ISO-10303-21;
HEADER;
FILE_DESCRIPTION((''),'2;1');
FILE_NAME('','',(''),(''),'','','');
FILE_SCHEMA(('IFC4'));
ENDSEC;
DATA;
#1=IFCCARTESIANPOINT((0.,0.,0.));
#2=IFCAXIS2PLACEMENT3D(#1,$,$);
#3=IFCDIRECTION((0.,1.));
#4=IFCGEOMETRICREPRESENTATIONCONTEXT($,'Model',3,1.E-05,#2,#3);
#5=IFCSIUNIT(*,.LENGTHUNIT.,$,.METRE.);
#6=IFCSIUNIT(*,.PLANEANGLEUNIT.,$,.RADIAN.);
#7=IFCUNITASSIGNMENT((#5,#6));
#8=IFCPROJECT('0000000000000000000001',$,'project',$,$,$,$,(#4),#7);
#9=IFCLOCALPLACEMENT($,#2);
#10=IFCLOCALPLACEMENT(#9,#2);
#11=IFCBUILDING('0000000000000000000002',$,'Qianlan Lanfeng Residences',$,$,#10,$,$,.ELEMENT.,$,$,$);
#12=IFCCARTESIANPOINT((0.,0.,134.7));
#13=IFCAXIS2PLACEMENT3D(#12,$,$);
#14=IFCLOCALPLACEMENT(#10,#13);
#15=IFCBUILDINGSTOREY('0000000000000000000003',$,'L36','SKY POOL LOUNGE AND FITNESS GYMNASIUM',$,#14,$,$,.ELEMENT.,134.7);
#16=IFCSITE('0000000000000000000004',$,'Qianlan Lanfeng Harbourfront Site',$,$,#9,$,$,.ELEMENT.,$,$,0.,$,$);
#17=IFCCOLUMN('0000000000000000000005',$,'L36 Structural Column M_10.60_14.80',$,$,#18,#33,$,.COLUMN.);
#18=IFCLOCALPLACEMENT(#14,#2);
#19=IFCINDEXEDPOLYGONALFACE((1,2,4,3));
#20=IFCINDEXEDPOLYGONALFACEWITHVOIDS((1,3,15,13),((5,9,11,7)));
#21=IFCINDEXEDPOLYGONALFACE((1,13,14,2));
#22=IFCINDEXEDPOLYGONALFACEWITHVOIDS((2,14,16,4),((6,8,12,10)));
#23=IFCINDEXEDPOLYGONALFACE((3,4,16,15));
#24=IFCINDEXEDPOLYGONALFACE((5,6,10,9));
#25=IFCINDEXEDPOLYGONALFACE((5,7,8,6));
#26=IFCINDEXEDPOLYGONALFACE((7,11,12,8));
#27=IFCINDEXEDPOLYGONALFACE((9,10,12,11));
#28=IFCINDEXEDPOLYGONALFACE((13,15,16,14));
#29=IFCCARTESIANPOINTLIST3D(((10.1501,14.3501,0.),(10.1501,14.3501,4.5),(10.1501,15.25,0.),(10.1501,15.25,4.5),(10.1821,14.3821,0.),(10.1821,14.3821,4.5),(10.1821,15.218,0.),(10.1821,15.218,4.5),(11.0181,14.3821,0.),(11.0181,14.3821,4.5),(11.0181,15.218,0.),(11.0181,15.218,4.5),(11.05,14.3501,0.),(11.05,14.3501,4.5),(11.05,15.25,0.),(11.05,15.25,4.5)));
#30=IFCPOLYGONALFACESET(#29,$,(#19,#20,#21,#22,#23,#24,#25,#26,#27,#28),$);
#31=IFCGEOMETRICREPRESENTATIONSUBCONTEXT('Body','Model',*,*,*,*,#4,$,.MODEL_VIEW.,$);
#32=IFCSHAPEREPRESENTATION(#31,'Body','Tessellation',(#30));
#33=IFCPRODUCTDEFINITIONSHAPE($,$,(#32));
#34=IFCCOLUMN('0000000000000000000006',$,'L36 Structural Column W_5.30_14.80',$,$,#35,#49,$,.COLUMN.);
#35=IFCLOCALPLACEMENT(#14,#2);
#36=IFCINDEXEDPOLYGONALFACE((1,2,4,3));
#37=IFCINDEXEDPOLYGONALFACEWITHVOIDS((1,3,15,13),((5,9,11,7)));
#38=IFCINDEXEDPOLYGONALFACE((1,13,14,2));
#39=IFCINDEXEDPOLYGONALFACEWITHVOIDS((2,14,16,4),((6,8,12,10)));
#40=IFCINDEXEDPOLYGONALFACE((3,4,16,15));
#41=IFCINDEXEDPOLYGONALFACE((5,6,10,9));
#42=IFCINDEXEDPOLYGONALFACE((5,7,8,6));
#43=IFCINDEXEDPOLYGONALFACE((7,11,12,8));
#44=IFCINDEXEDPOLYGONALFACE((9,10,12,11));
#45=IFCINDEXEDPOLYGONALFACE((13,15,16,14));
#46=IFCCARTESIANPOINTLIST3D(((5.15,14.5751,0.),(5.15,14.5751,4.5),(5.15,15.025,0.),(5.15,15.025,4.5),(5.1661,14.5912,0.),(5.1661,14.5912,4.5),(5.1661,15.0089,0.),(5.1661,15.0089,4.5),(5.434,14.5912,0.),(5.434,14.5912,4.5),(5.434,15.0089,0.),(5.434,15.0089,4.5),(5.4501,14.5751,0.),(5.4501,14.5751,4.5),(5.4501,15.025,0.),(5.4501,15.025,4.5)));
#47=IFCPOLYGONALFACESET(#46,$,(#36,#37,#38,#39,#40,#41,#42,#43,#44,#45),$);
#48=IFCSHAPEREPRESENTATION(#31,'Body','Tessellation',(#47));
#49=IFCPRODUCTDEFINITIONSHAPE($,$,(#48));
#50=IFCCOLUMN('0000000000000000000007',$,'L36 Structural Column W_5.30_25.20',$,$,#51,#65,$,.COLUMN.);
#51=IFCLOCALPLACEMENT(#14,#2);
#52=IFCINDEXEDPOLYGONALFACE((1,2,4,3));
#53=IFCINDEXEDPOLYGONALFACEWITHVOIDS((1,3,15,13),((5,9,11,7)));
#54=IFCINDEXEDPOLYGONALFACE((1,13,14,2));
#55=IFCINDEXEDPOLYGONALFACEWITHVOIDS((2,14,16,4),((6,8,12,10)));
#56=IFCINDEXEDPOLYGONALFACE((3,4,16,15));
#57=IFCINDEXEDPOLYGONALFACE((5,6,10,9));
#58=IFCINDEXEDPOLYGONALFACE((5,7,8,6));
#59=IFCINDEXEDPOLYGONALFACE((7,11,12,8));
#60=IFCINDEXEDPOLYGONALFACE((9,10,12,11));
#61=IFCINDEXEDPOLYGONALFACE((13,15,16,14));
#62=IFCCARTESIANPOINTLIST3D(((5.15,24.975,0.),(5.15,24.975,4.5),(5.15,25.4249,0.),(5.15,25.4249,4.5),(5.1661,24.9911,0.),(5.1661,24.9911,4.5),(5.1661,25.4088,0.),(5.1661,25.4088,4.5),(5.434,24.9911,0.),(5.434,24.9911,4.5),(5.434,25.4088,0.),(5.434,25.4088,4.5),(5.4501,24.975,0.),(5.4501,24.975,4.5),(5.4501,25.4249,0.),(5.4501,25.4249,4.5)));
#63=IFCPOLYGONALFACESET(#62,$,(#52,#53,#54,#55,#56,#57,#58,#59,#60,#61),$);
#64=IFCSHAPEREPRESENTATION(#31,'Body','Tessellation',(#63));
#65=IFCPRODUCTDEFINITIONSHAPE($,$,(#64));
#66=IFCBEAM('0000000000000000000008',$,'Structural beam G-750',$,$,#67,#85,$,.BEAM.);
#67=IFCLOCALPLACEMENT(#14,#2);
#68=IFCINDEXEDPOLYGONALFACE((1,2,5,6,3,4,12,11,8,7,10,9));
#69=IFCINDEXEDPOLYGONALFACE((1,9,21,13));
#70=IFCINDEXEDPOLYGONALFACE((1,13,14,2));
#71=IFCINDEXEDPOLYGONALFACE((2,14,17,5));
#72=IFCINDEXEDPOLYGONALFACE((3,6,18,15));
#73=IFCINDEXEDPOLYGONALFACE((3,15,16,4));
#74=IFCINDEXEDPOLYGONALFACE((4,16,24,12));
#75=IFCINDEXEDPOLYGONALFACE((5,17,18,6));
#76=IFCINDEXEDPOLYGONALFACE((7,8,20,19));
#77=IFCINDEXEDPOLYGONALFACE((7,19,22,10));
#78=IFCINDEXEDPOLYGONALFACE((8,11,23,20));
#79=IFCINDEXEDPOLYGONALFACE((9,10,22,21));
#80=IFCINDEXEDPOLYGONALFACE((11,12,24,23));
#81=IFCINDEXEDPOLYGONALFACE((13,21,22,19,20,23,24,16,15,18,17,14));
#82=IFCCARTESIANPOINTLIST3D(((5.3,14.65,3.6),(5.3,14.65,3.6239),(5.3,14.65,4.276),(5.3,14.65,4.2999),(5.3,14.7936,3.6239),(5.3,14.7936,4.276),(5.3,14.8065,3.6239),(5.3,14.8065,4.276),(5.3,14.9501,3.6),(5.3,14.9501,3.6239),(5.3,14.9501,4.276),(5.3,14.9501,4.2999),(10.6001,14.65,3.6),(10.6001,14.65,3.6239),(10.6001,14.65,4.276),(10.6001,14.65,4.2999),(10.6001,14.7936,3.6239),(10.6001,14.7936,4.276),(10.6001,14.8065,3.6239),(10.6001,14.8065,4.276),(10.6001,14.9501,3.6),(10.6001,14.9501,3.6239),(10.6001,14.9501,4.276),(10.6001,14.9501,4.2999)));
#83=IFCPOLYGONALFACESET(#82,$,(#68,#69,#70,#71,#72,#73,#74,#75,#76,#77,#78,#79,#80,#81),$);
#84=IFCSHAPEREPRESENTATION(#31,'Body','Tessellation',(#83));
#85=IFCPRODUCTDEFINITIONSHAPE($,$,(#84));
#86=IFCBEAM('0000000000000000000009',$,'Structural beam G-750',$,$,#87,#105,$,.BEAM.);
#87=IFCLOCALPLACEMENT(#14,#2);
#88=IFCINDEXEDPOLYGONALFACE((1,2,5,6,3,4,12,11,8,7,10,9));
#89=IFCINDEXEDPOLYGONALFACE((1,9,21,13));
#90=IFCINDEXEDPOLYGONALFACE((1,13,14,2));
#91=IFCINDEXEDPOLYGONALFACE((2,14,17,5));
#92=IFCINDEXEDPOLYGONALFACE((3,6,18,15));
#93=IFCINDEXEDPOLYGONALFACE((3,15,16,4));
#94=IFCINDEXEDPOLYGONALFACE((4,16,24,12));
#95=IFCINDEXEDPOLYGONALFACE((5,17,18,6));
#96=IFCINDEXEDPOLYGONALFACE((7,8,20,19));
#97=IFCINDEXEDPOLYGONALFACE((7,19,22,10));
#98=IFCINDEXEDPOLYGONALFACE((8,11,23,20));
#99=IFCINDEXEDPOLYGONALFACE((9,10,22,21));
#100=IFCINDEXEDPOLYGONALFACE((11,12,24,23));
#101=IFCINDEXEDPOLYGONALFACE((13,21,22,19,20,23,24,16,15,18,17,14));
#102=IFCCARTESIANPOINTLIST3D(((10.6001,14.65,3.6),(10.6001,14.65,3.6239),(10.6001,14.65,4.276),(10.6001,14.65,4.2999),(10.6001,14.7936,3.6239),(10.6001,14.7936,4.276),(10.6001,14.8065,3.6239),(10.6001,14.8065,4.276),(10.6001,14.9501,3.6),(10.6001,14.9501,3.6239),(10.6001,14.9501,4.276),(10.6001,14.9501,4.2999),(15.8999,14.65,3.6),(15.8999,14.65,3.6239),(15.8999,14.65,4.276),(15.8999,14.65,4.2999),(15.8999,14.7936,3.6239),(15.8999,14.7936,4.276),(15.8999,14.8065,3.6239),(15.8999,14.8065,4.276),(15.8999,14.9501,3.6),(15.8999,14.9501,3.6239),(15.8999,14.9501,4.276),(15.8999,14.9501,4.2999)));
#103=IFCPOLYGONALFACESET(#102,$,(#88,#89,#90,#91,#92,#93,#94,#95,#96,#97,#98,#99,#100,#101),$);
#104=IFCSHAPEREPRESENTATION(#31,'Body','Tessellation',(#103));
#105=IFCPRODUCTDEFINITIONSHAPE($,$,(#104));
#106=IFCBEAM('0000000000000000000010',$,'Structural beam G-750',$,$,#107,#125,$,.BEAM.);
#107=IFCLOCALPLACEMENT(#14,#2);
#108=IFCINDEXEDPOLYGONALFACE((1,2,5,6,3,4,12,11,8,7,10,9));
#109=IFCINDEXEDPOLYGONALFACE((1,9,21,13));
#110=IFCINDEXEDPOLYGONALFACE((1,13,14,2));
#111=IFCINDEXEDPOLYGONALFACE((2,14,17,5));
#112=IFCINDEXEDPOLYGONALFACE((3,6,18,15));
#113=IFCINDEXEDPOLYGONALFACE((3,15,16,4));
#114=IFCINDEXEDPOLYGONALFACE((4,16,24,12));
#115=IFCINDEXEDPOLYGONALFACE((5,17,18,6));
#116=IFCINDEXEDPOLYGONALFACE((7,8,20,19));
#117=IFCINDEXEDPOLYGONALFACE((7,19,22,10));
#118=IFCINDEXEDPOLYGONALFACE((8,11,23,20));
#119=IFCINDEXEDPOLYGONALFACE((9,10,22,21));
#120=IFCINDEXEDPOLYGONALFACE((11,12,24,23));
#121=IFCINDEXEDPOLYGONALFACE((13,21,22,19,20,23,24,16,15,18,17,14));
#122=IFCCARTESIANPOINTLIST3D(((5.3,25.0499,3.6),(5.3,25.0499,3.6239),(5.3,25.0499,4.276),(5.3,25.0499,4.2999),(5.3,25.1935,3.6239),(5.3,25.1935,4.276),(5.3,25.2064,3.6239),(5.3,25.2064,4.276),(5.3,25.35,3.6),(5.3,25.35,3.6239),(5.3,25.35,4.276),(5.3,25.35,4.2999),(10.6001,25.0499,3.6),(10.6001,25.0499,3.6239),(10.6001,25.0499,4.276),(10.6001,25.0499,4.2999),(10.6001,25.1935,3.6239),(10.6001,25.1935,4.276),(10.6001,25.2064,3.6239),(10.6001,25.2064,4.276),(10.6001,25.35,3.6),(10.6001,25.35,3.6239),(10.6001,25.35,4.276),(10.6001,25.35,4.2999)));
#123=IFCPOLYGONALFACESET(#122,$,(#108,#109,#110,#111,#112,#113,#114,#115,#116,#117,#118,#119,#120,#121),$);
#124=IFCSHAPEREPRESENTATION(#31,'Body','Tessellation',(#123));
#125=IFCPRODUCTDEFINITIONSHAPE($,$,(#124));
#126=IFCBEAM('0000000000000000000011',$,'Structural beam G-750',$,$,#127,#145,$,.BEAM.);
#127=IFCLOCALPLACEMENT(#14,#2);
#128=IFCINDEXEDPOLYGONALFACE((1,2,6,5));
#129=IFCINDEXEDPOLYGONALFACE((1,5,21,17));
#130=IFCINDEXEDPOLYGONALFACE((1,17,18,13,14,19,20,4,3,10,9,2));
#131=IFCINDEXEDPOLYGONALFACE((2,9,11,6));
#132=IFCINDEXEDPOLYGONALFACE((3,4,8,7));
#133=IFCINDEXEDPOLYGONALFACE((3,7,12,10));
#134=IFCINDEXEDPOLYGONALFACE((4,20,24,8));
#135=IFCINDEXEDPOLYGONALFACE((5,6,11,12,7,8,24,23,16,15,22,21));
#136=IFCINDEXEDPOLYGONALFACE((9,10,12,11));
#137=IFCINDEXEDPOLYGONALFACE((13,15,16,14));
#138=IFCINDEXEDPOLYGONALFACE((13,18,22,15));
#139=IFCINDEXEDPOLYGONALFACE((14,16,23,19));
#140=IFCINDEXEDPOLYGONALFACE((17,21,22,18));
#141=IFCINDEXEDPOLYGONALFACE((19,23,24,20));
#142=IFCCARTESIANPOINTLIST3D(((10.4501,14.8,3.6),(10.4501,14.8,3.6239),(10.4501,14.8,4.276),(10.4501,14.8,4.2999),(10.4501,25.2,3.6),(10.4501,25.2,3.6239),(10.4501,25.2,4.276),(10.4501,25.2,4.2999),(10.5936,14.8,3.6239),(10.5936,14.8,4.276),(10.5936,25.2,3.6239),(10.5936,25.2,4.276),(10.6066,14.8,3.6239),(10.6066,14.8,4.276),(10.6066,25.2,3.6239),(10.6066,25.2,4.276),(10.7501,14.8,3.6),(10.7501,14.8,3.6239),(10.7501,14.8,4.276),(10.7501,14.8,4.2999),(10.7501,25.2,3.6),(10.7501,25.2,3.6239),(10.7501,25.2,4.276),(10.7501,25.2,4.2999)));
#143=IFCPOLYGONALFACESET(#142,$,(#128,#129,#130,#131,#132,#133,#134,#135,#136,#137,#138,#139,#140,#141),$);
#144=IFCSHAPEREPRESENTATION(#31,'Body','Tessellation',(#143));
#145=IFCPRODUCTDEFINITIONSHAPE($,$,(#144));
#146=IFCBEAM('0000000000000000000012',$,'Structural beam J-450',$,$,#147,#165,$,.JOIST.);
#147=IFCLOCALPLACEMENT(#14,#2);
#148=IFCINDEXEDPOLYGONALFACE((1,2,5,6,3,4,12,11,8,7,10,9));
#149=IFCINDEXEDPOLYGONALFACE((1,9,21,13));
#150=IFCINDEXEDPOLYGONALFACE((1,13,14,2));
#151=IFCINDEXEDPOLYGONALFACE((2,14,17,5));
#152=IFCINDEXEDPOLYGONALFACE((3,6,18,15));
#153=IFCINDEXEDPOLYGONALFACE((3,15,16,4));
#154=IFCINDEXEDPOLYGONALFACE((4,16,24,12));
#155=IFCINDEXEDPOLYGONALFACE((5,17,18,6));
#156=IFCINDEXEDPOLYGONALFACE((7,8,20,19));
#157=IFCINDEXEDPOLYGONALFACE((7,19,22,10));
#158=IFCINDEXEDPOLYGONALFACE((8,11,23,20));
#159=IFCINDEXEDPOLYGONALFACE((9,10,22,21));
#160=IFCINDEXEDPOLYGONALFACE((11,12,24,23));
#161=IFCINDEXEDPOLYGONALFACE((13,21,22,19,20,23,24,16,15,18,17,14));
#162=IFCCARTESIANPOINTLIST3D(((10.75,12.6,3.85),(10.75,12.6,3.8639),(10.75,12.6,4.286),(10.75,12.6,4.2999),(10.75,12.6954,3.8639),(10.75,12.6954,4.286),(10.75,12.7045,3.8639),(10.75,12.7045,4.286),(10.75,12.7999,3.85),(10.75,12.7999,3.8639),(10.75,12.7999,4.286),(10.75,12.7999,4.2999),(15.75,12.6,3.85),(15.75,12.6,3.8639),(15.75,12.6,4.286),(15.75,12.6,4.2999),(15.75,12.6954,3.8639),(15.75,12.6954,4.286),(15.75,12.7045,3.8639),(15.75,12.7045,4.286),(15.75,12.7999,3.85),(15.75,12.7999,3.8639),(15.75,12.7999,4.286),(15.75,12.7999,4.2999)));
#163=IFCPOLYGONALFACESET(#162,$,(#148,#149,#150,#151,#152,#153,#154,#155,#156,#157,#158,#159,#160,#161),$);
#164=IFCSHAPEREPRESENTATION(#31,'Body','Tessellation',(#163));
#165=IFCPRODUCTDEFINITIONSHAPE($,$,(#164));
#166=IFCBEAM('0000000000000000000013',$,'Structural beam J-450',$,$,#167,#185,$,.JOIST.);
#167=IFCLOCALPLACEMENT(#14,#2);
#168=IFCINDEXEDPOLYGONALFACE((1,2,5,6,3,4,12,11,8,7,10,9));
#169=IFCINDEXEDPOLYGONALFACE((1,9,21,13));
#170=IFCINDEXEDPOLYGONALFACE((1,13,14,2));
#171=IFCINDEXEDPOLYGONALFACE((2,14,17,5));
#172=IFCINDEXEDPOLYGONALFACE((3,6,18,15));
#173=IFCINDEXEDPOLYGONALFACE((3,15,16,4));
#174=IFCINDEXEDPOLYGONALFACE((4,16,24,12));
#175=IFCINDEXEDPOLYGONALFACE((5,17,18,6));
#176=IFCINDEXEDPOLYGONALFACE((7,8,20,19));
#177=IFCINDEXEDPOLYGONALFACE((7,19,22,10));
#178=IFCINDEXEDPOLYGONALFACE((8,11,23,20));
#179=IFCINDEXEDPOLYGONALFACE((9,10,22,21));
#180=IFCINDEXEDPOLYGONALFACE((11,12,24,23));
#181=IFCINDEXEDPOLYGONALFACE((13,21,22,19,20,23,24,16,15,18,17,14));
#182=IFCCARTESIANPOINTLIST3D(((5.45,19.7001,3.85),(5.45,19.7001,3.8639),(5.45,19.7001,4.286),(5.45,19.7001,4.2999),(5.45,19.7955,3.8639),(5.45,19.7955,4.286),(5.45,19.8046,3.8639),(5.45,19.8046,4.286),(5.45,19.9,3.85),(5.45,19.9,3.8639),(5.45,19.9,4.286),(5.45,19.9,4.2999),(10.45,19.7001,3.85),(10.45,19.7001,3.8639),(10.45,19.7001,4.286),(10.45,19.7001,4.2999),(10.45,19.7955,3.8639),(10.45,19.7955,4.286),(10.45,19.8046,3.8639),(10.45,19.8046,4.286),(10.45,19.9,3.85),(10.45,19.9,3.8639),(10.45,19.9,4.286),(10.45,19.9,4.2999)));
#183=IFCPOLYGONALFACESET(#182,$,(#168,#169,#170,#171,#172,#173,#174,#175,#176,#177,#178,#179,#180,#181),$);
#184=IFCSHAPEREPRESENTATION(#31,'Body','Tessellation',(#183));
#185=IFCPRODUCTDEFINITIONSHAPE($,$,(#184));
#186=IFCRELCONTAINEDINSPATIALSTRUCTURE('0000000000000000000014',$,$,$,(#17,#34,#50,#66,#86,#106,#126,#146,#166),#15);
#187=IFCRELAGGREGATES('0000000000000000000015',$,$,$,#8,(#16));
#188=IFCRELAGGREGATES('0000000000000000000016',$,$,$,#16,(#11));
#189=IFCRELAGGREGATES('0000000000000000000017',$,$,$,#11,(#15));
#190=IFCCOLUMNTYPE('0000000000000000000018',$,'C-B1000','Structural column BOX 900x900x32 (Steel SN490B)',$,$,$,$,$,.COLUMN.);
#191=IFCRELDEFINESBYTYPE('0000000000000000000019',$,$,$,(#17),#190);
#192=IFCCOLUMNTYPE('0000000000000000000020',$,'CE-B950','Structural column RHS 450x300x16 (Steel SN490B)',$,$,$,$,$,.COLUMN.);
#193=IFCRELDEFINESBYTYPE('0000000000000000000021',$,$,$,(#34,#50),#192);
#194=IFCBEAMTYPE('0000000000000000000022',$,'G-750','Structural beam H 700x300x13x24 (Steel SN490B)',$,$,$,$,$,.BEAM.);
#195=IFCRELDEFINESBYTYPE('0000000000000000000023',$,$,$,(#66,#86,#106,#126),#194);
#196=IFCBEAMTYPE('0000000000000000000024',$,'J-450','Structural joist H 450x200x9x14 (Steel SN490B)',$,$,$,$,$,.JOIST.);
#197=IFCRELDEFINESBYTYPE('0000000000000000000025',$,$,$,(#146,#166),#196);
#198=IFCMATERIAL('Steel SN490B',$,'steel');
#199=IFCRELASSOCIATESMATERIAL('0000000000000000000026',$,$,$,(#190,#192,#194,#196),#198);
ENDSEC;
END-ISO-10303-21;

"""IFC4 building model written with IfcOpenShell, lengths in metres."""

from ifc_helpers import new_model, si_unit, direction, frame, origin, origin_2d, place, context, subcontext, project, spatial, hollow_rectangle, i_section, extrude, material, material_profile, profile_set, type_object, element, save


model = new_model("IFC4")

# Units and contexts
model_context = context("Model", 3, precision=1e-05, world=origin(), true_north=direction((0.0, 1.0)))
body_context = subcontext(model_context, "Body", "Model", "MODEL_VIEW")
ifc_project = project(units=[si_unit("LENGTHUNIT", "METRE"), si_unit("PLANEANGLEUNIT", "RADIAN")], contexts=[model_context])

# Site, building, storey
site_placement = place(None, origin())
site = spatial("IfcSite", under=ifc_project, at=site_placement, Name="Qianlan Lanfeng Harbourfront Site", CompositionType="ELEMENT", RefElevation=0.0)
building_placement = place(site_placement, origin())
building = spatial("IfcBuilding", under=site, at=building_placement, Name="Qianlan Lanfeng Residences", CompositionType="ELEMENT")
storey_placement = place(building_placement, frame((0.0, 0.0, 134.7)))
storey = spatial("IfcBuildingStorey", under=building, at=storey_placement, Name="L36", Description="SKY POOL LOUNGE AND FITNESS GYMNASIUM", CompositionType="ELEMENT", Elevation=134.7)

# Columns
ifc_material_1 = material(Name="Steel SN490B", Category="steel")
ifc_material_profile_1 = material_profile(ifc_material_1, hollow_rectangle(XDim=0.8999, YDim=0.8999, WallThickness=0.032, at=origin_2d()), Name="BOX 900x900x32")
ifc_profile_set_1 = profile_set([ifc_material_profile_1], Name="Steel SN490B")
column_type_1 = type_object("IfcColumnType", Name="C-B1000", Description="Structural column BOX 900x900x32 (Steel SN490B)", PredefinedType="COLUMN", material=ifc_profile_set_1)
column_placement = place(storey_placement, frame((10.6001, 14.8, 0.0), z_axis=(0.0, 0.0, 1.0), x_axis=(1.0, 0.0, 0.0)))
element("IfcColumn", 1, at=column_placement, inside=storey, type_object=column_type_1, Name="L36 Structural Column M_10.60_14.80", PredefinedType="COLUMN", context=body_context, shape_type="SweptSolid", body=[
    extrude(hollow_rectangle(XDim=0.8999, YDim=0.8999, WallThickness=0.032, at=origin_2d()), origin(), (0.0, 0.0, 1.0), 4.5),
])
ifc_material_profile_2 = material_profile(ifc_material_1, hollow_rectangle(XDim=0.3, YDim=0.45, WallThickness=0.0161, at=origin_2d()), Name="RHS 450x300x16")
ifc_profile_set_2 = profile_set([ifc_material_profile_2], Name="Steel SN490B")
column_type_2 = type_object("IfcColumnType", Name="CE-B950", Description="Structural column RHS 450x300x16 (Steel SN490B)", PredefinedType="COLUMN", material=ifc_profile_set_2)
for number, where, z_axis, x_axis, name in (
    (2, (5.3, 14.8, 0.0), (0.0, 0.0, 1.0), (1.0, 0.0, 0.0), "L36 Structural Column W_5.30_14.80"),
    (3, (5.3, 25.2, 0.0), (0.0, 0.0, 1.0), (1.0, 0.0, 0.0), "L36 Structural Column W_5.30_25.20"),
):
    element("IfcColumn", number, at=place(storey_placement, frame(where, z_axis=z_axis, x_axis=x_axis)), inside=storey, type_object=column_type_2, Name=name, PredefinedType="COLUMN", context=body_context, shape_type="SweptSolid", body=[
        extrude(hollow_rectangle(XDim=0.3, YDim=0.45, WallThickness=0.0161, at=origin_2d()), origin(), (0.0, 0.0, 1.0), 4.5),
    ])

# Beams
ifc_material_profile_3 = material_profile(ifc_material_1, i_section(OverallWidth=0.3, OverallDepth=0.7, WebThickness=0.0129, FlangeThickness=0.0239, at=origin_2d()), Name="H 700x300x13x24")
ifc_profile_set_3 = profile_set([ifc_material_profile_3], Name="Steel SN490B")
beam_type_1 = type_object("IfcBeamType", Name="G-750", Description="Structural beam H 700x300x13x24 (Steel SN490B)", PredefinedType="BEAM", material=ifc_profile_set_3)
beam_1_placement = place(storey_placement, frame((5.3, 14.8, 3.95), z_axis=(1.0, 0.0, 0.0), x_axis=(0.0, 1.0, 0.0)))
element("IfcBeam", 4, at=beam_1_placement, inside=storey, type_object=beam_type_1, Name="Structural beam G-750", PredefinedType="BEAM", context=body_context, shape_type="SweptSolid", body=[
    extrude(i_section(OverallWidth=0.3, OverallDepth=0.7, WebThickness=0.0129, FlangeThickness=0.0239, at=origin_2d()), origin(), (0.0, 0.0, 1.0), 5.3),
])
beam_2_placement = place(storey_placement, frame((10.6001, 14.8, 3.95), z_axis=(1.0, 0.0, 0.0), x_axis=(0.0, 1.0, 0.0)))
element("IfcBeam", 5, at=beam_2_placement, inside=storey, type_object=beam_type_1, Name="Structural beam G-750", PredefinedType="BEAM", context=body_context, shape_type="SweptSolid", body=[
    extrude(i_section(OverallWidth=0.3, OverallDepth=0.7, WebThickness=0.0129, FlangeThickness=0.0239, at=origin_2d()), origin(), (0.0, 0.0, 1.0), 5.2998),
])
beam_3_placement = place(storey_placement, frame((5.3, 25.2, 3.95), z_axis=(1.0, 0.0, 0.0), x_axis=(0.0, 1.0, 0.0)))
element("IfcBeam", 6, at=beam_3_placement, inside=storey, type_object=beam_type_1, Name="Structural beam G-750", PredefinedType="BEAM", context=body_context, shape_type="SweptSolid", body=[
    extrude(i_section(OverallWidth=0.3, OverallDepth=0.7, WebThickness=0.0129, FlangeThickness=0.0239, at=origin_2d()), origin(), (0.0, 0.0, 1.0), 5.3),
])
beam_4_placement = place(storey_placement, frame((10.6001, 14.8, 3.95), z_axis=(0.0, 1.0, 0.0), x_axis=(-1.0, 0.0, 0.0)))
element("IfcBeam", 7, at=beam_4_placement, inside=storey, type_object=beam_type_1, Name="Structural beam G-750", PredefinedType="BEAM", context=body_context, shape_type="SweptSolid", body=[
    extrude(i_section(OverallWidth=0.3, OverallDepth=0.7, WebThickness=0.0129, FlangeThickness=0.0239, at=origin_2d()), origin(), (0.0, 0.0, 1.0), 10.3999),
])
ifc_material_profile_4 = material_profile(ifc_material_1, i_section(OverallWidth=0.2, OverallDepth=0.45, WebThickness=0.009, FlangeThickness=0.0139, at=origin_2d()), Name="H 450x200x9x14")
ifc_profile_set_4 = profile_set([ifc_material_profile_4], Name="Steel SN490B")
beam_type_2 = type_object("IfcBeamType", Name="J-450", Description="Structural joist H 450x200x9x14 (Steel SN490B)", PredefinedType="JOIST", material=ifc_profile_set_4)
for number, where, z_axis, x_axis, name in (
    (8, (10.75, 12.7, 4.075), (1.0, 0.0, 0.0), (0.0, 1.0, 0.0), "Structural beam J-450"),
    (9, (5.45, 19.8, 4.075), (1.0, 0.0, 0.0), (0.0, 1.0, 0.0), "Structural beam J-450"),
):
    element("IfcBeam", number, at=place(storey_placement, frame(where, z_axis=z_axis, x_axis=x_axis)), inside=storey, type_object=beam_type_2, Name=name, PredefinedType="JOIST", context=body_context, shape_type="SweptSolid", body=[
        extrude(i_section(OverallWidth=0.2, OverallDepth=0.45, WebThickness=0.009, FlangeThickness=0.0139, at=origin_2d()), origin(), (0.0, 0.0, 1.0), 5.0),
    ])

save(model, "model.ifc")
